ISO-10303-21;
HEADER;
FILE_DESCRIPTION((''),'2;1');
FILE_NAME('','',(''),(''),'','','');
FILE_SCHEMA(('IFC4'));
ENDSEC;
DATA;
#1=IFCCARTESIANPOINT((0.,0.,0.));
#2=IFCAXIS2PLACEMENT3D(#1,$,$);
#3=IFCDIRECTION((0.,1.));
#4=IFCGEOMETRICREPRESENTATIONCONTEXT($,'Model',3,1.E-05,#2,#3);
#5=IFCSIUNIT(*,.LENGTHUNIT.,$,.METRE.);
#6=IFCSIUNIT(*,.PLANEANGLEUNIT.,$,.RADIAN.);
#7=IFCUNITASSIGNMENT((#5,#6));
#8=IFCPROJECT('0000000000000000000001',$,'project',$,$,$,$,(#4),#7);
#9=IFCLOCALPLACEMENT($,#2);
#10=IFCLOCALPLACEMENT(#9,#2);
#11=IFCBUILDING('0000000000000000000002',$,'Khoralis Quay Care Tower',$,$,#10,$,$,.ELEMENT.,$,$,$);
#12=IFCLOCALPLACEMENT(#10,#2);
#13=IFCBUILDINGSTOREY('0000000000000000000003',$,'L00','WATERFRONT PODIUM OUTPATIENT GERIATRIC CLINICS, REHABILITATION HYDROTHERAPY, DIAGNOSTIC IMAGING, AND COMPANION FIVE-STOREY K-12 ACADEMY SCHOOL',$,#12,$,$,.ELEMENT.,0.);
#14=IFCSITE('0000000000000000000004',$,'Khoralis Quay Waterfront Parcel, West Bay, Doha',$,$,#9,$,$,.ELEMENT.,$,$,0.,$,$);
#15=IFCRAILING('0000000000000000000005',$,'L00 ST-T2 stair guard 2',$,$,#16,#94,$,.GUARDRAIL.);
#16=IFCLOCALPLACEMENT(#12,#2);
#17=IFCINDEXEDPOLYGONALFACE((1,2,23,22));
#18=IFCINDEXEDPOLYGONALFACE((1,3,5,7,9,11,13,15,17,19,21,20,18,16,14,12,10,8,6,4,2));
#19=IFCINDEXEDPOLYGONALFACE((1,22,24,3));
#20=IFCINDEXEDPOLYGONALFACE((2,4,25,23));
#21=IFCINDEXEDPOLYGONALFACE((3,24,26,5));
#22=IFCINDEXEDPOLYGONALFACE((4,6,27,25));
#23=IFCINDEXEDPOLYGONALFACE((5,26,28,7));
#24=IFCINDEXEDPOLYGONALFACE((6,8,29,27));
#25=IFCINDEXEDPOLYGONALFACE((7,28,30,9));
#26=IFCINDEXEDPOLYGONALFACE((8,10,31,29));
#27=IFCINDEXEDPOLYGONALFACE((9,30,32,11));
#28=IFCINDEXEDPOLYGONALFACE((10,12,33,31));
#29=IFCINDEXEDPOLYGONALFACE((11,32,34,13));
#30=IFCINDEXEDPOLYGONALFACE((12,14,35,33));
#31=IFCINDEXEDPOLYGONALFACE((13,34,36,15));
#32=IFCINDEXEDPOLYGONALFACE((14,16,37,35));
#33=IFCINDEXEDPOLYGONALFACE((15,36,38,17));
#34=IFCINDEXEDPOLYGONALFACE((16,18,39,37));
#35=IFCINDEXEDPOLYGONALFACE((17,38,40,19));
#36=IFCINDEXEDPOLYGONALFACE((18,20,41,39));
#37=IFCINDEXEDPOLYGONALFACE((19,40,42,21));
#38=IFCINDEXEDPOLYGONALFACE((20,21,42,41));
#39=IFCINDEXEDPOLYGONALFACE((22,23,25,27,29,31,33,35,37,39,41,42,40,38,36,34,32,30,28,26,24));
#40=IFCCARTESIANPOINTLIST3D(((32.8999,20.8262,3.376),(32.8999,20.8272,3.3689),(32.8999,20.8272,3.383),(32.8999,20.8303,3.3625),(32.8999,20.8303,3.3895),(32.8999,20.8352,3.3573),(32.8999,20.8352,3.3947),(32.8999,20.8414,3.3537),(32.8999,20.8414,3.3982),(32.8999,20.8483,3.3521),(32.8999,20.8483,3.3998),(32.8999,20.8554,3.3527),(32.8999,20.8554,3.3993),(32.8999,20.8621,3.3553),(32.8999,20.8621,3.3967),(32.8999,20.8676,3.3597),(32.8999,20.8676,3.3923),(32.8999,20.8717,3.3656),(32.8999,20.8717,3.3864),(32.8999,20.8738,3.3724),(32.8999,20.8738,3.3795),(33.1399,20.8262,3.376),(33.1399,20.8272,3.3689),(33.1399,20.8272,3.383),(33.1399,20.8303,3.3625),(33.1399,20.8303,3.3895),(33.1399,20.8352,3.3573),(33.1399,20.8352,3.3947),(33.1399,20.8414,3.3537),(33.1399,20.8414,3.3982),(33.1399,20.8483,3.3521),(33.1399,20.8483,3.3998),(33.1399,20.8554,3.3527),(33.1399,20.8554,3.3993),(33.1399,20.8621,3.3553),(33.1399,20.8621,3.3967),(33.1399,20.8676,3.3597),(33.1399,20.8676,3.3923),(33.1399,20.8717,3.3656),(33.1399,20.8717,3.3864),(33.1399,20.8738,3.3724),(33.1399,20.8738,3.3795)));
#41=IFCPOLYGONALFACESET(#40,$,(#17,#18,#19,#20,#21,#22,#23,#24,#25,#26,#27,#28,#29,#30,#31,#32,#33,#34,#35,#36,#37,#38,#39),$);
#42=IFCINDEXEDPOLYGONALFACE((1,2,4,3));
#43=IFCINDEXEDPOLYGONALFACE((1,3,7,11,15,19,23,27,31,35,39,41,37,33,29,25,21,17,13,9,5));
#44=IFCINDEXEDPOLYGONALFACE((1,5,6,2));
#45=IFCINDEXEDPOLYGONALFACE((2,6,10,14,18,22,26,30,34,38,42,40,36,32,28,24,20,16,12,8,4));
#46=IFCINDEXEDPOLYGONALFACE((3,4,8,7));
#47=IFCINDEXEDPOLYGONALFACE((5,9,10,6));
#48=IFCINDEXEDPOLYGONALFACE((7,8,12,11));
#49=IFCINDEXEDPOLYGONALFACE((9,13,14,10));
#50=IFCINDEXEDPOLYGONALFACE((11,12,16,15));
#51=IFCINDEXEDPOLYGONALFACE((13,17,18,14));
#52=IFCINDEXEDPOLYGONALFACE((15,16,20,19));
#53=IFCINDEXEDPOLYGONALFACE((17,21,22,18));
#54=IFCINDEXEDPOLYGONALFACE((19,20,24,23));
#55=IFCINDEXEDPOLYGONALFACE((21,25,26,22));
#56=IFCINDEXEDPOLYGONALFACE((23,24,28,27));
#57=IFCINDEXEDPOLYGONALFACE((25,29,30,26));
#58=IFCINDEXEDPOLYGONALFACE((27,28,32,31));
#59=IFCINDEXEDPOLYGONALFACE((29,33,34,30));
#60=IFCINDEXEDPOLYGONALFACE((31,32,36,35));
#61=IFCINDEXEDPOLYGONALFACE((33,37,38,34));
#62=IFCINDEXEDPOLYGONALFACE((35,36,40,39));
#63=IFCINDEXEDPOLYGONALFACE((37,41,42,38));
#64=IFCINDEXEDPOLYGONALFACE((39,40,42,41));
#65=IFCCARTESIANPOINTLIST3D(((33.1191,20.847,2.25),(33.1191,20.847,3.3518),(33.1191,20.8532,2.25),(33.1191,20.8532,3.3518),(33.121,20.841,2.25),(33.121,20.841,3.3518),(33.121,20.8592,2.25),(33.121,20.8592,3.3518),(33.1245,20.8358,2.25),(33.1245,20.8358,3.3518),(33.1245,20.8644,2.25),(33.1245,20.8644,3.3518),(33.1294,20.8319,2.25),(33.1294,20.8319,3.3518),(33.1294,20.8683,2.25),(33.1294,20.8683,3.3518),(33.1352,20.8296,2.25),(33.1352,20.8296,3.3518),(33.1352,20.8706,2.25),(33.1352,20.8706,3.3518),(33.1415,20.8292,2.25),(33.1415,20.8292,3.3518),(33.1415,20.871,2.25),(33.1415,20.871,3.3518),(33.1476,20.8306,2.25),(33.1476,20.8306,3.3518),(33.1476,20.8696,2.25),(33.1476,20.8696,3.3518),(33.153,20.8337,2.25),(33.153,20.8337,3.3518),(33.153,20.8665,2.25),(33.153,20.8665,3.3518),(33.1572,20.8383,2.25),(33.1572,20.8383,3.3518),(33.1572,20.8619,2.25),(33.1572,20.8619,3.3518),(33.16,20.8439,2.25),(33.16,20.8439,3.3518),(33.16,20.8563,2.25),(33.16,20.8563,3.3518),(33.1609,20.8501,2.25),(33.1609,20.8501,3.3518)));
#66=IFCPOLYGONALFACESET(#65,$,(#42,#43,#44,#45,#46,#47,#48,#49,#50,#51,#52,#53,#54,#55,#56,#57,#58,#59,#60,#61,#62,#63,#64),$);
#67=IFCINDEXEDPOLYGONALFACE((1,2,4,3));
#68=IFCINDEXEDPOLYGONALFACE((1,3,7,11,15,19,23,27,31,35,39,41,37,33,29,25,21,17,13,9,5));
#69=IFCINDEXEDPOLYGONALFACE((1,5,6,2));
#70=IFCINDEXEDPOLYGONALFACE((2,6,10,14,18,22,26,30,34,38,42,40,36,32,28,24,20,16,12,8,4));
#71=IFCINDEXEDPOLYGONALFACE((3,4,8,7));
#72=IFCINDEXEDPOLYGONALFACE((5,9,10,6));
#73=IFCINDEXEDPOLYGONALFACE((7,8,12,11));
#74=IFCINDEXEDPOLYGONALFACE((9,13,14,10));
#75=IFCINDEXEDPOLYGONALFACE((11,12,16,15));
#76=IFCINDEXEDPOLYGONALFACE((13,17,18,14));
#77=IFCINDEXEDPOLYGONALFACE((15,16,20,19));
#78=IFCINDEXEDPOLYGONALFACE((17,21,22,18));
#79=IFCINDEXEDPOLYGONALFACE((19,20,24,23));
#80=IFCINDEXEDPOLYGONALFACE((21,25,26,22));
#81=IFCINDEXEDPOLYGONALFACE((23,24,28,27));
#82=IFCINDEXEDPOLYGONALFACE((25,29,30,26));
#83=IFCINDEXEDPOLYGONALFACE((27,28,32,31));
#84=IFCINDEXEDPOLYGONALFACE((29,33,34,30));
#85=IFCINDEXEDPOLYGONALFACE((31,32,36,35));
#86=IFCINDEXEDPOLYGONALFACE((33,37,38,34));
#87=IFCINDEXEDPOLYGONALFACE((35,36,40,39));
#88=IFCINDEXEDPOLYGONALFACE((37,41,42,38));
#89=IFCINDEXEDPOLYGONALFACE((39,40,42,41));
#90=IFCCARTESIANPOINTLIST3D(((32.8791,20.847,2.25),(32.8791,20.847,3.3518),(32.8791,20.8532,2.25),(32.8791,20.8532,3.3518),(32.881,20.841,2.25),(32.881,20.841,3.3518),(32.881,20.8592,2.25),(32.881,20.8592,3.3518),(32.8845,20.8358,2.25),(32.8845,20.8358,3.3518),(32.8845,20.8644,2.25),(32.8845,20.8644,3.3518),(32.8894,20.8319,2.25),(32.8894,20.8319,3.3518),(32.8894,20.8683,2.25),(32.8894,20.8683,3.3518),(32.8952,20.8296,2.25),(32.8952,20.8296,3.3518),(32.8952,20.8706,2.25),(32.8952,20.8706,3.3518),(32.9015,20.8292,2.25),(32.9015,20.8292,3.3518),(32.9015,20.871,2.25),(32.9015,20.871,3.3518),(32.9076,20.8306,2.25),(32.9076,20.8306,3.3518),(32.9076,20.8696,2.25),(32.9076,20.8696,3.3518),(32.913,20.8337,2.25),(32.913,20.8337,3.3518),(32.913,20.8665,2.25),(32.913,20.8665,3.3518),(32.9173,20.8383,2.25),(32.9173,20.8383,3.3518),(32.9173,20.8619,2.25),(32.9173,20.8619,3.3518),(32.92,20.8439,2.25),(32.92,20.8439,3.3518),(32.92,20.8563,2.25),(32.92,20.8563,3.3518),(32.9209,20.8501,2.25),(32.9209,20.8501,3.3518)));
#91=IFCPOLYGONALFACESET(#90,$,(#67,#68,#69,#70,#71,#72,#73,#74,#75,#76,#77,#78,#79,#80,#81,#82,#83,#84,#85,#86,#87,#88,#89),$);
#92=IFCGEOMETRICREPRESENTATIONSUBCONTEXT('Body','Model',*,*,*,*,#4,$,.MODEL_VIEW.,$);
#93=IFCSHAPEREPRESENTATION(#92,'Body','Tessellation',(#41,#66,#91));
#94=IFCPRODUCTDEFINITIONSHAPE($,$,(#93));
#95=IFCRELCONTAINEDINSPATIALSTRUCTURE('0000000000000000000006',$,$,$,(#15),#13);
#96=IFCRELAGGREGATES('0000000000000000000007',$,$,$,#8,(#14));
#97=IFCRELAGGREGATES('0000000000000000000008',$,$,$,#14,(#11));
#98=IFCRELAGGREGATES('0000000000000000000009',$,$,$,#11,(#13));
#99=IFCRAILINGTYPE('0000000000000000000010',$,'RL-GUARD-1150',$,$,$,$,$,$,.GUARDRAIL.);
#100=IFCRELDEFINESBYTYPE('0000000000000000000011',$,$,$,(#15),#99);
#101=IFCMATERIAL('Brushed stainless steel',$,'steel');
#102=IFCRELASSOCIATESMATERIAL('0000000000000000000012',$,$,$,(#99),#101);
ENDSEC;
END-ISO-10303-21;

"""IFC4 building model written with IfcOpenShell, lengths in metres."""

from ifc_helpers import new_model, si_unit, direction, frame, origin, origin_2d, place, context, subcontext, project, spatial, circle, extrude, material, type_object, element, save


model = new_model("IFC4")

# Units and contexts
model_context = context("Model", 3, precision=1e-05, world=origin(), true_north=direction((0.0, 1.0)))
body_context = subcontext(model_context, "Body", "Model", "MODEL_VIEW")
ifc_project = project(units=[si_unit("LENGTHUNIT", "METRE"), si_unit("PLANEANGLEUNIT", "RADIAN")], contexts=[model_context])

# Site, building, storey
site_placement = place(None, origin())
site = spatial("IfcSite", under=ifc_project, at=site_placement, Name="Khoralis Quay Waterfront Parcel, West Bay, Doha", CompositionType="ELEMENT", RefElevation=0.0)
building_placement = place(site_placement, origin())
building = spatial("IfcBuilding", under=site, at=building_placement, Name="Khoralis Quay Care Tower", CompositionType="ELEMENT")
storey_placement = place(building_placement, origin())
storey = spatial("IfcBuildingStorey", under=building, at=storey_placement, Name="L00", Description="WATERFRONT PODIUM OUTPATIENT GERIATRIC CLINICS, REHABILITATION HYDROTHERAPY, DIAGNOSTIC IMAGING, AND COMPANION FIVE-STOREY K-12 ACADEMY SCHOOL", CompositionType="ELEMENT", Elevation=0.0)

# Shared definitions
ifc_material_1 = material(Name="Brushed stainless steel", Category="steel")

# Railing
railing_type_1 = type_object("IfcRailingType", Name="RL-GUARD-1150", PredefinedType="GUARDRAIL", material=ifc_material_1)
railing_1_placement = place(storey_placement, frame((33.1399, 20.8501, 2.25)))
element("IfcRailing", 1, at=railing_1_placement, inside=storey, type_object=railing_type_1, Name="L00 ST-T2 stair guard 2", PredefinedType="GUARDRAIL", context=body_context, shape_type="SweptSolid", body=[
    extrude(circle(Radius=0.0239, at=origin_2d()), frame((0.0, 0.0, 1.126), z_axis=(-1.0, 0.0, 0.0), x_axis=(0.0, -1.0, 0.0)), (0.0, 0.0, 1.0), 0.24),
    extrude(circle(Radius=0.021, at=origin_2d()), origin(), (0.0, 0.0, 1.0), 1.1018),
    extrude(circle(Radius=0.021, at=origin_2d()), frame((-0.24, 0.0, 0.0)), (0.0, 0.0, 1.0), 1.1018),
])

save(model, "model.ifc")
